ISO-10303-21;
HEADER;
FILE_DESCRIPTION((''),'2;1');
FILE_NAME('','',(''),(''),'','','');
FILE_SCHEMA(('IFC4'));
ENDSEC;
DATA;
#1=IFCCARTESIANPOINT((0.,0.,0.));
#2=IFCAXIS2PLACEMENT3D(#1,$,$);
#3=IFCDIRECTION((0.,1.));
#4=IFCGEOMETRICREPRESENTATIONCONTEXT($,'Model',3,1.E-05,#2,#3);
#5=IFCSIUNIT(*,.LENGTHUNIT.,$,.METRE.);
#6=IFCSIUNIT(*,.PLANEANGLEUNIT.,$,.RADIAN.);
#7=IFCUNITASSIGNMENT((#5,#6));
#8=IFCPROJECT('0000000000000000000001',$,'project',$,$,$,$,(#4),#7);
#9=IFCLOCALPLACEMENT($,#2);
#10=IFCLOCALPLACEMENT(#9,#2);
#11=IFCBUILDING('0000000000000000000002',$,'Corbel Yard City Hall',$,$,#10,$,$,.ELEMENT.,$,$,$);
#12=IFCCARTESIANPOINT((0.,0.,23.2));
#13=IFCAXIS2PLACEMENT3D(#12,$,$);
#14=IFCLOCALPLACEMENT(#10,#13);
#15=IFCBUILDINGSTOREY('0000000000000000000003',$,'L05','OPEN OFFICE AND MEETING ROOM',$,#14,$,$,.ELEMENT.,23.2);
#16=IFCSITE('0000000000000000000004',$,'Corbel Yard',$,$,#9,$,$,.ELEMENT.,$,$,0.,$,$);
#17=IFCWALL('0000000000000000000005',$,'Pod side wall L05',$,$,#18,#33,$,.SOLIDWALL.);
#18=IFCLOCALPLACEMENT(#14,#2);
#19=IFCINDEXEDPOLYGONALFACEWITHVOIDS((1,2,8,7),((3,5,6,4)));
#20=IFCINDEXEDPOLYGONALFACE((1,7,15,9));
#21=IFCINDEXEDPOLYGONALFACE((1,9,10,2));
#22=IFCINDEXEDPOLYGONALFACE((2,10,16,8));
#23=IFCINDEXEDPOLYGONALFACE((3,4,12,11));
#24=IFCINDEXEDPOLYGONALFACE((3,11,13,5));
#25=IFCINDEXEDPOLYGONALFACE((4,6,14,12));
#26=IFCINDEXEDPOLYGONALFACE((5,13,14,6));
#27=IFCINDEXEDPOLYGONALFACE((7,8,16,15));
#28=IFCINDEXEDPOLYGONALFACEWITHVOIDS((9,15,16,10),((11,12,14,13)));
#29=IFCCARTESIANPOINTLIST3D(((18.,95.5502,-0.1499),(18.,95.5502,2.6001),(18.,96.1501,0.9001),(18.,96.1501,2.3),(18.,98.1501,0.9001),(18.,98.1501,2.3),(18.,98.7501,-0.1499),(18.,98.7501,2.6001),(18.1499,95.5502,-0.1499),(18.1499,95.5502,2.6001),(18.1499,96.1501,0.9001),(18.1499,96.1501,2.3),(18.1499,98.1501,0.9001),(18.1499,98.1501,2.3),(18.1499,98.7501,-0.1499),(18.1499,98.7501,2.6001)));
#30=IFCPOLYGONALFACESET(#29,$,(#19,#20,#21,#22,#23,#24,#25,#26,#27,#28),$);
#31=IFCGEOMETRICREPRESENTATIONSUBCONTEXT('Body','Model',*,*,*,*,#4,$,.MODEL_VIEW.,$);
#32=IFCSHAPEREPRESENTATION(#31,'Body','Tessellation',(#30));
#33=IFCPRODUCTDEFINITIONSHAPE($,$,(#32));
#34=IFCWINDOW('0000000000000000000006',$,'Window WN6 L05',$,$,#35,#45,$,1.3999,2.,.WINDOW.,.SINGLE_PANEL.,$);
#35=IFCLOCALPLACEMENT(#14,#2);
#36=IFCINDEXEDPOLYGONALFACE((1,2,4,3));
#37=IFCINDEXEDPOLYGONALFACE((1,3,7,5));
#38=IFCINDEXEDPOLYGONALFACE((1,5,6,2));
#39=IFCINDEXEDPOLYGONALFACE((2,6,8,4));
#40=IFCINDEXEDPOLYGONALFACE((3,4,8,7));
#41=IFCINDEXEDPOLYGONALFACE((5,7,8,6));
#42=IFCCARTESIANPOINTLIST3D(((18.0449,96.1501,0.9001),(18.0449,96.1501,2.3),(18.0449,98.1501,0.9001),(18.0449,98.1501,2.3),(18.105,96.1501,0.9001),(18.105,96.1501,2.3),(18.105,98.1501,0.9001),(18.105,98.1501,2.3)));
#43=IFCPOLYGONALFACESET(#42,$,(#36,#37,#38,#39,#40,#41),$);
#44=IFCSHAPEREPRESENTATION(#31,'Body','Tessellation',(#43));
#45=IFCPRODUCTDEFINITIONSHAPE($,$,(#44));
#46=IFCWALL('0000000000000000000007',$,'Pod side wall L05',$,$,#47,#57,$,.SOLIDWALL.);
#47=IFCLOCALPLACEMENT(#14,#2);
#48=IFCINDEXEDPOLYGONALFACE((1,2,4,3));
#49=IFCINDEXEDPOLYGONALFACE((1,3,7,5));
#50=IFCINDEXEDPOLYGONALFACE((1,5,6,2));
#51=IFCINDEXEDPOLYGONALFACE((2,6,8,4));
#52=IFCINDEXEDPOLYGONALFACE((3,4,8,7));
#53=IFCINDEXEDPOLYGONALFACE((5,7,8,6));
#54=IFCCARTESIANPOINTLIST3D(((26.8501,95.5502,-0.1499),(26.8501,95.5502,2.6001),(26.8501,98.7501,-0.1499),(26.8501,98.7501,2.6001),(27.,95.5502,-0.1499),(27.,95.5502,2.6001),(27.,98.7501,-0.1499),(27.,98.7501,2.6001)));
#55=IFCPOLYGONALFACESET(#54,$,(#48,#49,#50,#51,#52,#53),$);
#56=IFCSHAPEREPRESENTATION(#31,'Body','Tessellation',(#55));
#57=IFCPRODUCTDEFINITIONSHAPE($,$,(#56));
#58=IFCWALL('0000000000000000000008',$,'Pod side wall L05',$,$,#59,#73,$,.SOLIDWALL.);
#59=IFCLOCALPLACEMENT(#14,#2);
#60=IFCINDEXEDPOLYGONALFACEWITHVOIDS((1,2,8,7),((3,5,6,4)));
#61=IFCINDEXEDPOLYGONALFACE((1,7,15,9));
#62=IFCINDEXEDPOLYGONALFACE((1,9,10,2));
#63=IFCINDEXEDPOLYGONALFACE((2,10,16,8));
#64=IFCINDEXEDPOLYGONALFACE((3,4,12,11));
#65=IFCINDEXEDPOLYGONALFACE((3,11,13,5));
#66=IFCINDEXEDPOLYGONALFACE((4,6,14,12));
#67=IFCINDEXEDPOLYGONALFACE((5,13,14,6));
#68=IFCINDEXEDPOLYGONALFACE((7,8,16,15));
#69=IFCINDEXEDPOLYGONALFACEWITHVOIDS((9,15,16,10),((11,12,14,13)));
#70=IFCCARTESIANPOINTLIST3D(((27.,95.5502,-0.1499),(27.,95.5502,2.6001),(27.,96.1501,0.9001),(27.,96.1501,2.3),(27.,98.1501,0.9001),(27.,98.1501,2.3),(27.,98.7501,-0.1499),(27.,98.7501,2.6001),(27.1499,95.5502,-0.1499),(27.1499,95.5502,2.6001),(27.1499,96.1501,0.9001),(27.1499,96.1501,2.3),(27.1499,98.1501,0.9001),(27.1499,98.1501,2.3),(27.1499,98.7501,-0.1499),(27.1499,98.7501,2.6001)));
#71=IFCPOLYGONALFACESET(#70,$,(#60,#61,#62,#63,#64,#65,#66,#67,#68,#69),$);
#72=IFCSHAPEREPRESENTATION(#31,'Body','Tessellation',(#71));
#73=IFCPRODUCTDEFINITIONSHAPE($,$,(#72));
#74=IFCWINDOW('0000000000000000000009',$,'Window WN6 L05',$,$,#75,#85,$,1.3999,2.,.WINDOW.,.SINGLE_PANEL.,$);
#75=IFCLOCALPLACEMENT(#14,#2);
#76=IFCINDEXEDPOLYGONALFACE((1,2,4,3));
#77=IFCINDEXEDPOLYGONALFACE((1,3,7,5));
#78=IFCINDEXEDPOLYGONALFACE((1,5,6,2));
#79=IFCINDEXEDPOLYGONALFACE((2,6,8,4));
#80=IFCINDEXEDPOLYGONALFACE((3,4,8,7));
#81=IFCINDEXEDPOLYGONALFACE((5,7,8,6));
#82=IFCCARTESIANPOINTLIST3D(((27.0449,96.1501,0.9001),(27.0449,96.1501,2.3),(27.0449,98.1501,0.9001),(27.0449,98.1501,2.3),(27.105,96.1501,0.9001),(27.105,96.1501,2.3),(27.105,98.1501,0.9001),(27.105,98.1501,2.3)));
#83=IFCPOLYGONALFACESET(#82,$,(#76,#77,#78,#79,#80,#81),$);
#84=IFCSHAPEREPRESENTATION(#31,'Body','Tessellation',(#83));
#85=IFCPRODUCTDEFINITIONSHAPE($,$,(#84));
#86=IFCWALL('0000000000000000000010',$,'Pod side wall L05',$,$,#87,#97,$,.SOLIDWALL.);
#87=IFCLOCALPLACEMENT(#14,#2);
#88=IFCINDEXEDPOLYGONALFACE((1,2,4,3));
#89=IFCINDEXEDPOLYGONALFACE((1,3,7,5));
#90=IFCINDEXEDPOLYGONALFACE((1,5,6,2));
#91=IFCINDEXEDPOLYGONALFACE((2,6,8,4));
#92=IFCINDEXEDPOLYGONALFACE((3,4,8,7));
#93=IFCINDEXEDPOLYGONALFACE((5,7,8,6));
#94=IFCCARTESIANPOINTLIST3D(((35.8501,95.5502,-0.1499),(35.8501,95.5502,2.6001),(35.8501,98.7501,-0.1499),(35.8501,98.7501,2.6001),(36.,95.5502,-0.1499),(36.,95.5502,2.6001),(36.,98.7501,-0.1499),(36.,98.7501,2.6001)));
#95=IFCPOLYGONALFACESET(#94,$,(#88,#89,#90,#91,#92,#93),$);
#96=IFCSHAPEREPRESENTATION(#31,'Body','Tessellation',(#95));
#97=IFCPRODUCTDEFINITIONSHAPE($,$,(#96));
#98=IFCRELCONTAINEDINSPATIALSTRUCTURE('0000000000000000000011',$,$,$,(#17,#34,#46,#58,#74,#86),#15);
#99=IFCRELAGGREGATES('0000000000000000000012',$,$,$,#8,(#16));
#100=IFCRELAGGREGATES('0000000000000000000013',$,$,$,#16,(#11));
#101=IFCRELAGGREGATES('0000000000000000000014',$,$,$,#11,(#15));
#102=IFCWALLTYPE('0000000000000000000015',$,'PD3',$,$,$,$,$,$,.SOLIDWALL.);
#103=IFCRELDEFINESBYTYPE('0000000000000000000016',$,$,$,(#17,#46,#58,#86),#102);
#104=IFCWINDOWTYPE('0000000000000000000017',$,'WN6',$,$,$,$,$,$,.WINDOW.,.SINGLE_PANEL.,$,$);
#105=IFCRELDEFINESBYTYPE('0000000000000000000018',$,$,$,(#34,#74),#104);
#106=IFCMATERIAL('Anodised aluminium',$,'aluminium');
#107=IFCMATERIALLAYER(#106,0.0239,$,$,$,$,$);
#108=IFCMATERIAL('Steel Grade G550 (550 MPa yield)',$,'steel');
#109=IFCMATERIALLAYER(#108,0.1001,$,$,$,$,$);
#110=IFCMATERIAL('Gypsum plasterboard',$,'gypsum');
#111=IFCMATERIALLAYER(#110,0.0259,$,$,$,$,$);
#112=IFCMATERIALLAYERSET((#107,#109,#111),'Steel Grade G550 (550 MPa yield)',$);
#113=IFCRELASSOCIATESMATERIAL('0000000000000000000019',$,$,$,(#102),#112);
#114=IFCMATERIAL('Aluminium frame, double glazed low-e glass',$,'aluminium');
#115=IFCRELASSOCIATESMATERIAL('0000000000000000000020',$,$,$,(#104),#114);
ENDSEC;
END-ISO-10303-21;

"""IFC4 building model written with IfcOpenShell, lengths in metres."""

from ifc_helpers import new_model, si_unit, direction, frame, frame_2d, origin, place, context, subcontext, project, spatial, rectangle, extrude, material, layer, layer_set, type_object, element, fill, save


model = new_model("IFC4")

# Units and contexts
model_context = context("Model", 3, precision=1e-05, world=origin(), true_north=direction((0.0, 1.0)))
body_context = subcontext(model_context, "Body", "Model", "MODEL_VIEW")
ifc_project = project(units=[si_unit("LENGTHUNIT", "METRE"), si_unit("PLANEANGLEUNIT", "RADIAN")], contexts=[model_context])

# Site, building, storey
site_placement = place(None, origin())
site = spatial("IfcSite", under=ifc_project, at=site_placement, Name="Corbel Yard", CompositionType="ELEMENT", RefElevation=0.0)
building_placement = place(site_placement, origin())
building = spatial("IfcBuilding", under=site, at=building_placement, Name="Corbel Yard City Hall", CompositionType="ELEMENT")
storey_placement = place(building_placement, frame((0.0, 0.0, 23.2)))
storey = spatial("IfcBuildingStorey", under=building, at=storey_placement, Name="L05", Description="OPEN OFFICE AND MEETING ROOM", CompositionType="ELEMENT", Elevation=23.2)

# Shared definitions
ifc_material_1 = material(Name="Anodised aluminium", Category="aluminium")
ifc_material_2 = material(Name="Steel Grade G550 (550 MPa yield)", Category="steel")
ifc_material_3 = material(Name="Gypsum plasterboard", Category="gypsum")
ifc_material_4 = material(Name="Aluminium frame, double glazed low-e glass", Category="aluminium")

# Wall, opening, window
ifc_layer_1 = layer(ifc_material_1, 0.0239)
ifc_layer_2 = layer(ifc_material_2, 0.1001)
ifc_layer_3 = layer(ifc_material_3, 0.0259)
ifc_layer_set_1 = layer_set([ifc_layer_1, ifc_layer_2, ifc_layer_3], Name="Steel Grade G550 (550 MPa yield)")
wall_type_1 = type_object("IfcWallType", Name="PD3", PredefinedType="SOLIDWALL", material=ifc_layer_set_1)
wall_1_placement = place(storey_placement, frame((18.075, 95.55, -0.1499), z_axis=(0.0, 0.0, 1.0), x_axis=(0.0, 1.0, 0.0)))
wall_1 = element("IfcWall", 1, at=wall_1_placement, inside=storey, type_object=wall_type_1, Name="Pod side wall L05", PredefinedType="SOLIDWALL", context=body_context, shape_type="SweptSolid", body=[
    extrude(rectangle(XDim=3.2, YDim=0.1499, at=frame_2d((1.6001, 0.0))), origin(), (0.0, 0.0, 1.0), 2.75),
])
opening_1_placement = place(wall_1_placement, frame((0.6001, 0.0, 1.05)))
opening_1 = element("IfcOpeningElement", 2, at=opening_1_placement, cuts=wall_1, PredefinedType="OPENING", context=body_context, shape_type="SweptSolid", body=[
    extrude(rectangle(XDim=2.0, YDim=1.3999, at=frame_2d((1.0, 0.7))), frame((0.0, 0.085, 0.0), z_axis=(0.0, -1.0, 0.0), x_axis=(1.0, 0.0, 0.0)), (0.0, 0.0, 1.0), 0.1699),
])
window_type_1 = type_object("IfcWindowType", Name="WN6", PartitioningType="SINGLE_PANEL", PredefinedType="WINDOW", material=ifc_material_4)
window_1_placement = place(opening_1_placement, origin())
window_1 = element("IfcWindow", 3, at=window_1_placement, inside=storey, type_object=window_type_1, Name="Window WN6 L05", OverallHeight=1.3999, OverallWidth=2.0, PartitioningType="SINGLE_PANEL", PredefinedType="WINDOW", context=body_context, shape_type="SweptSolid", body=[
    extrude(rectangle(XDim=2.0, YDim=1.3999, at=frame_2d((1.0, 0.7))), frame((0.0, 0.03, 0.0), z_axis=(0.0, -1.0, 0.0), x_axis=(1.0, 0.0, 0.0)), (0.0, 0.0, 1.0), 0.0601),
])
fill(opening_1, window_1)

# Wall
wall_2_placement = place(storey_placement, frame((26.925, 95.55, -0.1499), z_axis=(0.0, 0.0, 1.0), x_axis=(0.0, 1.0, 0.0)))
element("IfcWall", 4, at=wall_2_placement, inside=storey, type_object=wall_type_1, Name="Pod side wall L05", PredefinedType="SOLIDWALL", context=body_context, shape_type="SweptSolid", body=[
    extrude(rectangle(XDim=3.2, YDim=0.1499, at=frame_2d((1.6001, 0.0))), origin(), (0.0, 0.0, 1.0), 2.75),
])

# Wall, opening, window
wall_3_placement = place(storey_placement, frame((27.075, 95.55, -0.1499), z_axis=(0.0, 0.0, 1.0), x_axis=(0.0, 1.0, 0.0)))
wall_3 = element("IfcWall", 5, at=wall_3_placement, inside=storey, type_object=wall_type_1, Name="Pod side wall L05", PredefinedType="SOLIDWALL", context=body_context, shape_type="SweptSolid", body=[
    extrude(rectangle(XDim=3.2, YDim=0.1499, at=frame_2d((1.6001, 0.0))), origin(), (0.0, 0.0, 1.0), 2.75),
])
opening_2_placement = place(wall_3_placement, frame((0.6001, 0.0, 1.05)))
opening_2 = element("IfcOpeningElement", 6, at=opening_2_placement, cuts=wall_3, PredefinedType="OPENING", context=body_context, shape_type="SweptSolid", body=[
    extrude(rectangle(XDim=2.0, YDim=1.3999, at=frame_2d((1.0, 0.7))), frame((0.0, 0.085, 0.0), z_axis=(0.0, -1.0, 0.0), x_axis=(1.0, 0.0, 0.0)), (0.0, 0.0, 1.0), 0.1699),
])
window_2_placement = place(opening_2_placement, origin())
window_2 = element("IfcWindow", 7, at=window_2_placement, inside=storey, type_object=window_type_1, Name="Window WN6 L05", OverallHeight=1.3999, OverallWidth=2.0, PartitioningType="SINGLE_PANEL", PredefinedType="WINDOW", context=body_context, shape_type="SweptSolid", body=[
    extrude(rectangle(XDim=2.0, YDim=1.3999, at=frame_2d((1.0, 0.7))), frame((0.0, 0.03, 0.0), z_axis=(0.0, -1.0, 0.0), x_axis=(1.0, 0.0, 0.0)), (0.0, 0.0, 1.0), 0.0601),
])
fill(opening_2, window_2)

# Wall
wall_4_placement = place(storey_placement, frame((35.925, 95.55, -0.1499), z_axis=(0.0, 0.0, 1.0), x_axis=(0.0, 1.0, 0.0)))
element("IfcWall", 8, at=wall_4_placement, inside=storey, type_object=wall_type_1, Name="Pod side wall L05", PredefinedType="SOLIDWALL", context=body_context, shape_type="SweptSolid", body=[
    extrude(rectangle(XDim=3.2, YDim=0.1499, at=frame_2d((1.6001, 0.0))), origin(), (0.0, 0.0, 1.0), 2.75),
])

save(model, "model.ifc")
